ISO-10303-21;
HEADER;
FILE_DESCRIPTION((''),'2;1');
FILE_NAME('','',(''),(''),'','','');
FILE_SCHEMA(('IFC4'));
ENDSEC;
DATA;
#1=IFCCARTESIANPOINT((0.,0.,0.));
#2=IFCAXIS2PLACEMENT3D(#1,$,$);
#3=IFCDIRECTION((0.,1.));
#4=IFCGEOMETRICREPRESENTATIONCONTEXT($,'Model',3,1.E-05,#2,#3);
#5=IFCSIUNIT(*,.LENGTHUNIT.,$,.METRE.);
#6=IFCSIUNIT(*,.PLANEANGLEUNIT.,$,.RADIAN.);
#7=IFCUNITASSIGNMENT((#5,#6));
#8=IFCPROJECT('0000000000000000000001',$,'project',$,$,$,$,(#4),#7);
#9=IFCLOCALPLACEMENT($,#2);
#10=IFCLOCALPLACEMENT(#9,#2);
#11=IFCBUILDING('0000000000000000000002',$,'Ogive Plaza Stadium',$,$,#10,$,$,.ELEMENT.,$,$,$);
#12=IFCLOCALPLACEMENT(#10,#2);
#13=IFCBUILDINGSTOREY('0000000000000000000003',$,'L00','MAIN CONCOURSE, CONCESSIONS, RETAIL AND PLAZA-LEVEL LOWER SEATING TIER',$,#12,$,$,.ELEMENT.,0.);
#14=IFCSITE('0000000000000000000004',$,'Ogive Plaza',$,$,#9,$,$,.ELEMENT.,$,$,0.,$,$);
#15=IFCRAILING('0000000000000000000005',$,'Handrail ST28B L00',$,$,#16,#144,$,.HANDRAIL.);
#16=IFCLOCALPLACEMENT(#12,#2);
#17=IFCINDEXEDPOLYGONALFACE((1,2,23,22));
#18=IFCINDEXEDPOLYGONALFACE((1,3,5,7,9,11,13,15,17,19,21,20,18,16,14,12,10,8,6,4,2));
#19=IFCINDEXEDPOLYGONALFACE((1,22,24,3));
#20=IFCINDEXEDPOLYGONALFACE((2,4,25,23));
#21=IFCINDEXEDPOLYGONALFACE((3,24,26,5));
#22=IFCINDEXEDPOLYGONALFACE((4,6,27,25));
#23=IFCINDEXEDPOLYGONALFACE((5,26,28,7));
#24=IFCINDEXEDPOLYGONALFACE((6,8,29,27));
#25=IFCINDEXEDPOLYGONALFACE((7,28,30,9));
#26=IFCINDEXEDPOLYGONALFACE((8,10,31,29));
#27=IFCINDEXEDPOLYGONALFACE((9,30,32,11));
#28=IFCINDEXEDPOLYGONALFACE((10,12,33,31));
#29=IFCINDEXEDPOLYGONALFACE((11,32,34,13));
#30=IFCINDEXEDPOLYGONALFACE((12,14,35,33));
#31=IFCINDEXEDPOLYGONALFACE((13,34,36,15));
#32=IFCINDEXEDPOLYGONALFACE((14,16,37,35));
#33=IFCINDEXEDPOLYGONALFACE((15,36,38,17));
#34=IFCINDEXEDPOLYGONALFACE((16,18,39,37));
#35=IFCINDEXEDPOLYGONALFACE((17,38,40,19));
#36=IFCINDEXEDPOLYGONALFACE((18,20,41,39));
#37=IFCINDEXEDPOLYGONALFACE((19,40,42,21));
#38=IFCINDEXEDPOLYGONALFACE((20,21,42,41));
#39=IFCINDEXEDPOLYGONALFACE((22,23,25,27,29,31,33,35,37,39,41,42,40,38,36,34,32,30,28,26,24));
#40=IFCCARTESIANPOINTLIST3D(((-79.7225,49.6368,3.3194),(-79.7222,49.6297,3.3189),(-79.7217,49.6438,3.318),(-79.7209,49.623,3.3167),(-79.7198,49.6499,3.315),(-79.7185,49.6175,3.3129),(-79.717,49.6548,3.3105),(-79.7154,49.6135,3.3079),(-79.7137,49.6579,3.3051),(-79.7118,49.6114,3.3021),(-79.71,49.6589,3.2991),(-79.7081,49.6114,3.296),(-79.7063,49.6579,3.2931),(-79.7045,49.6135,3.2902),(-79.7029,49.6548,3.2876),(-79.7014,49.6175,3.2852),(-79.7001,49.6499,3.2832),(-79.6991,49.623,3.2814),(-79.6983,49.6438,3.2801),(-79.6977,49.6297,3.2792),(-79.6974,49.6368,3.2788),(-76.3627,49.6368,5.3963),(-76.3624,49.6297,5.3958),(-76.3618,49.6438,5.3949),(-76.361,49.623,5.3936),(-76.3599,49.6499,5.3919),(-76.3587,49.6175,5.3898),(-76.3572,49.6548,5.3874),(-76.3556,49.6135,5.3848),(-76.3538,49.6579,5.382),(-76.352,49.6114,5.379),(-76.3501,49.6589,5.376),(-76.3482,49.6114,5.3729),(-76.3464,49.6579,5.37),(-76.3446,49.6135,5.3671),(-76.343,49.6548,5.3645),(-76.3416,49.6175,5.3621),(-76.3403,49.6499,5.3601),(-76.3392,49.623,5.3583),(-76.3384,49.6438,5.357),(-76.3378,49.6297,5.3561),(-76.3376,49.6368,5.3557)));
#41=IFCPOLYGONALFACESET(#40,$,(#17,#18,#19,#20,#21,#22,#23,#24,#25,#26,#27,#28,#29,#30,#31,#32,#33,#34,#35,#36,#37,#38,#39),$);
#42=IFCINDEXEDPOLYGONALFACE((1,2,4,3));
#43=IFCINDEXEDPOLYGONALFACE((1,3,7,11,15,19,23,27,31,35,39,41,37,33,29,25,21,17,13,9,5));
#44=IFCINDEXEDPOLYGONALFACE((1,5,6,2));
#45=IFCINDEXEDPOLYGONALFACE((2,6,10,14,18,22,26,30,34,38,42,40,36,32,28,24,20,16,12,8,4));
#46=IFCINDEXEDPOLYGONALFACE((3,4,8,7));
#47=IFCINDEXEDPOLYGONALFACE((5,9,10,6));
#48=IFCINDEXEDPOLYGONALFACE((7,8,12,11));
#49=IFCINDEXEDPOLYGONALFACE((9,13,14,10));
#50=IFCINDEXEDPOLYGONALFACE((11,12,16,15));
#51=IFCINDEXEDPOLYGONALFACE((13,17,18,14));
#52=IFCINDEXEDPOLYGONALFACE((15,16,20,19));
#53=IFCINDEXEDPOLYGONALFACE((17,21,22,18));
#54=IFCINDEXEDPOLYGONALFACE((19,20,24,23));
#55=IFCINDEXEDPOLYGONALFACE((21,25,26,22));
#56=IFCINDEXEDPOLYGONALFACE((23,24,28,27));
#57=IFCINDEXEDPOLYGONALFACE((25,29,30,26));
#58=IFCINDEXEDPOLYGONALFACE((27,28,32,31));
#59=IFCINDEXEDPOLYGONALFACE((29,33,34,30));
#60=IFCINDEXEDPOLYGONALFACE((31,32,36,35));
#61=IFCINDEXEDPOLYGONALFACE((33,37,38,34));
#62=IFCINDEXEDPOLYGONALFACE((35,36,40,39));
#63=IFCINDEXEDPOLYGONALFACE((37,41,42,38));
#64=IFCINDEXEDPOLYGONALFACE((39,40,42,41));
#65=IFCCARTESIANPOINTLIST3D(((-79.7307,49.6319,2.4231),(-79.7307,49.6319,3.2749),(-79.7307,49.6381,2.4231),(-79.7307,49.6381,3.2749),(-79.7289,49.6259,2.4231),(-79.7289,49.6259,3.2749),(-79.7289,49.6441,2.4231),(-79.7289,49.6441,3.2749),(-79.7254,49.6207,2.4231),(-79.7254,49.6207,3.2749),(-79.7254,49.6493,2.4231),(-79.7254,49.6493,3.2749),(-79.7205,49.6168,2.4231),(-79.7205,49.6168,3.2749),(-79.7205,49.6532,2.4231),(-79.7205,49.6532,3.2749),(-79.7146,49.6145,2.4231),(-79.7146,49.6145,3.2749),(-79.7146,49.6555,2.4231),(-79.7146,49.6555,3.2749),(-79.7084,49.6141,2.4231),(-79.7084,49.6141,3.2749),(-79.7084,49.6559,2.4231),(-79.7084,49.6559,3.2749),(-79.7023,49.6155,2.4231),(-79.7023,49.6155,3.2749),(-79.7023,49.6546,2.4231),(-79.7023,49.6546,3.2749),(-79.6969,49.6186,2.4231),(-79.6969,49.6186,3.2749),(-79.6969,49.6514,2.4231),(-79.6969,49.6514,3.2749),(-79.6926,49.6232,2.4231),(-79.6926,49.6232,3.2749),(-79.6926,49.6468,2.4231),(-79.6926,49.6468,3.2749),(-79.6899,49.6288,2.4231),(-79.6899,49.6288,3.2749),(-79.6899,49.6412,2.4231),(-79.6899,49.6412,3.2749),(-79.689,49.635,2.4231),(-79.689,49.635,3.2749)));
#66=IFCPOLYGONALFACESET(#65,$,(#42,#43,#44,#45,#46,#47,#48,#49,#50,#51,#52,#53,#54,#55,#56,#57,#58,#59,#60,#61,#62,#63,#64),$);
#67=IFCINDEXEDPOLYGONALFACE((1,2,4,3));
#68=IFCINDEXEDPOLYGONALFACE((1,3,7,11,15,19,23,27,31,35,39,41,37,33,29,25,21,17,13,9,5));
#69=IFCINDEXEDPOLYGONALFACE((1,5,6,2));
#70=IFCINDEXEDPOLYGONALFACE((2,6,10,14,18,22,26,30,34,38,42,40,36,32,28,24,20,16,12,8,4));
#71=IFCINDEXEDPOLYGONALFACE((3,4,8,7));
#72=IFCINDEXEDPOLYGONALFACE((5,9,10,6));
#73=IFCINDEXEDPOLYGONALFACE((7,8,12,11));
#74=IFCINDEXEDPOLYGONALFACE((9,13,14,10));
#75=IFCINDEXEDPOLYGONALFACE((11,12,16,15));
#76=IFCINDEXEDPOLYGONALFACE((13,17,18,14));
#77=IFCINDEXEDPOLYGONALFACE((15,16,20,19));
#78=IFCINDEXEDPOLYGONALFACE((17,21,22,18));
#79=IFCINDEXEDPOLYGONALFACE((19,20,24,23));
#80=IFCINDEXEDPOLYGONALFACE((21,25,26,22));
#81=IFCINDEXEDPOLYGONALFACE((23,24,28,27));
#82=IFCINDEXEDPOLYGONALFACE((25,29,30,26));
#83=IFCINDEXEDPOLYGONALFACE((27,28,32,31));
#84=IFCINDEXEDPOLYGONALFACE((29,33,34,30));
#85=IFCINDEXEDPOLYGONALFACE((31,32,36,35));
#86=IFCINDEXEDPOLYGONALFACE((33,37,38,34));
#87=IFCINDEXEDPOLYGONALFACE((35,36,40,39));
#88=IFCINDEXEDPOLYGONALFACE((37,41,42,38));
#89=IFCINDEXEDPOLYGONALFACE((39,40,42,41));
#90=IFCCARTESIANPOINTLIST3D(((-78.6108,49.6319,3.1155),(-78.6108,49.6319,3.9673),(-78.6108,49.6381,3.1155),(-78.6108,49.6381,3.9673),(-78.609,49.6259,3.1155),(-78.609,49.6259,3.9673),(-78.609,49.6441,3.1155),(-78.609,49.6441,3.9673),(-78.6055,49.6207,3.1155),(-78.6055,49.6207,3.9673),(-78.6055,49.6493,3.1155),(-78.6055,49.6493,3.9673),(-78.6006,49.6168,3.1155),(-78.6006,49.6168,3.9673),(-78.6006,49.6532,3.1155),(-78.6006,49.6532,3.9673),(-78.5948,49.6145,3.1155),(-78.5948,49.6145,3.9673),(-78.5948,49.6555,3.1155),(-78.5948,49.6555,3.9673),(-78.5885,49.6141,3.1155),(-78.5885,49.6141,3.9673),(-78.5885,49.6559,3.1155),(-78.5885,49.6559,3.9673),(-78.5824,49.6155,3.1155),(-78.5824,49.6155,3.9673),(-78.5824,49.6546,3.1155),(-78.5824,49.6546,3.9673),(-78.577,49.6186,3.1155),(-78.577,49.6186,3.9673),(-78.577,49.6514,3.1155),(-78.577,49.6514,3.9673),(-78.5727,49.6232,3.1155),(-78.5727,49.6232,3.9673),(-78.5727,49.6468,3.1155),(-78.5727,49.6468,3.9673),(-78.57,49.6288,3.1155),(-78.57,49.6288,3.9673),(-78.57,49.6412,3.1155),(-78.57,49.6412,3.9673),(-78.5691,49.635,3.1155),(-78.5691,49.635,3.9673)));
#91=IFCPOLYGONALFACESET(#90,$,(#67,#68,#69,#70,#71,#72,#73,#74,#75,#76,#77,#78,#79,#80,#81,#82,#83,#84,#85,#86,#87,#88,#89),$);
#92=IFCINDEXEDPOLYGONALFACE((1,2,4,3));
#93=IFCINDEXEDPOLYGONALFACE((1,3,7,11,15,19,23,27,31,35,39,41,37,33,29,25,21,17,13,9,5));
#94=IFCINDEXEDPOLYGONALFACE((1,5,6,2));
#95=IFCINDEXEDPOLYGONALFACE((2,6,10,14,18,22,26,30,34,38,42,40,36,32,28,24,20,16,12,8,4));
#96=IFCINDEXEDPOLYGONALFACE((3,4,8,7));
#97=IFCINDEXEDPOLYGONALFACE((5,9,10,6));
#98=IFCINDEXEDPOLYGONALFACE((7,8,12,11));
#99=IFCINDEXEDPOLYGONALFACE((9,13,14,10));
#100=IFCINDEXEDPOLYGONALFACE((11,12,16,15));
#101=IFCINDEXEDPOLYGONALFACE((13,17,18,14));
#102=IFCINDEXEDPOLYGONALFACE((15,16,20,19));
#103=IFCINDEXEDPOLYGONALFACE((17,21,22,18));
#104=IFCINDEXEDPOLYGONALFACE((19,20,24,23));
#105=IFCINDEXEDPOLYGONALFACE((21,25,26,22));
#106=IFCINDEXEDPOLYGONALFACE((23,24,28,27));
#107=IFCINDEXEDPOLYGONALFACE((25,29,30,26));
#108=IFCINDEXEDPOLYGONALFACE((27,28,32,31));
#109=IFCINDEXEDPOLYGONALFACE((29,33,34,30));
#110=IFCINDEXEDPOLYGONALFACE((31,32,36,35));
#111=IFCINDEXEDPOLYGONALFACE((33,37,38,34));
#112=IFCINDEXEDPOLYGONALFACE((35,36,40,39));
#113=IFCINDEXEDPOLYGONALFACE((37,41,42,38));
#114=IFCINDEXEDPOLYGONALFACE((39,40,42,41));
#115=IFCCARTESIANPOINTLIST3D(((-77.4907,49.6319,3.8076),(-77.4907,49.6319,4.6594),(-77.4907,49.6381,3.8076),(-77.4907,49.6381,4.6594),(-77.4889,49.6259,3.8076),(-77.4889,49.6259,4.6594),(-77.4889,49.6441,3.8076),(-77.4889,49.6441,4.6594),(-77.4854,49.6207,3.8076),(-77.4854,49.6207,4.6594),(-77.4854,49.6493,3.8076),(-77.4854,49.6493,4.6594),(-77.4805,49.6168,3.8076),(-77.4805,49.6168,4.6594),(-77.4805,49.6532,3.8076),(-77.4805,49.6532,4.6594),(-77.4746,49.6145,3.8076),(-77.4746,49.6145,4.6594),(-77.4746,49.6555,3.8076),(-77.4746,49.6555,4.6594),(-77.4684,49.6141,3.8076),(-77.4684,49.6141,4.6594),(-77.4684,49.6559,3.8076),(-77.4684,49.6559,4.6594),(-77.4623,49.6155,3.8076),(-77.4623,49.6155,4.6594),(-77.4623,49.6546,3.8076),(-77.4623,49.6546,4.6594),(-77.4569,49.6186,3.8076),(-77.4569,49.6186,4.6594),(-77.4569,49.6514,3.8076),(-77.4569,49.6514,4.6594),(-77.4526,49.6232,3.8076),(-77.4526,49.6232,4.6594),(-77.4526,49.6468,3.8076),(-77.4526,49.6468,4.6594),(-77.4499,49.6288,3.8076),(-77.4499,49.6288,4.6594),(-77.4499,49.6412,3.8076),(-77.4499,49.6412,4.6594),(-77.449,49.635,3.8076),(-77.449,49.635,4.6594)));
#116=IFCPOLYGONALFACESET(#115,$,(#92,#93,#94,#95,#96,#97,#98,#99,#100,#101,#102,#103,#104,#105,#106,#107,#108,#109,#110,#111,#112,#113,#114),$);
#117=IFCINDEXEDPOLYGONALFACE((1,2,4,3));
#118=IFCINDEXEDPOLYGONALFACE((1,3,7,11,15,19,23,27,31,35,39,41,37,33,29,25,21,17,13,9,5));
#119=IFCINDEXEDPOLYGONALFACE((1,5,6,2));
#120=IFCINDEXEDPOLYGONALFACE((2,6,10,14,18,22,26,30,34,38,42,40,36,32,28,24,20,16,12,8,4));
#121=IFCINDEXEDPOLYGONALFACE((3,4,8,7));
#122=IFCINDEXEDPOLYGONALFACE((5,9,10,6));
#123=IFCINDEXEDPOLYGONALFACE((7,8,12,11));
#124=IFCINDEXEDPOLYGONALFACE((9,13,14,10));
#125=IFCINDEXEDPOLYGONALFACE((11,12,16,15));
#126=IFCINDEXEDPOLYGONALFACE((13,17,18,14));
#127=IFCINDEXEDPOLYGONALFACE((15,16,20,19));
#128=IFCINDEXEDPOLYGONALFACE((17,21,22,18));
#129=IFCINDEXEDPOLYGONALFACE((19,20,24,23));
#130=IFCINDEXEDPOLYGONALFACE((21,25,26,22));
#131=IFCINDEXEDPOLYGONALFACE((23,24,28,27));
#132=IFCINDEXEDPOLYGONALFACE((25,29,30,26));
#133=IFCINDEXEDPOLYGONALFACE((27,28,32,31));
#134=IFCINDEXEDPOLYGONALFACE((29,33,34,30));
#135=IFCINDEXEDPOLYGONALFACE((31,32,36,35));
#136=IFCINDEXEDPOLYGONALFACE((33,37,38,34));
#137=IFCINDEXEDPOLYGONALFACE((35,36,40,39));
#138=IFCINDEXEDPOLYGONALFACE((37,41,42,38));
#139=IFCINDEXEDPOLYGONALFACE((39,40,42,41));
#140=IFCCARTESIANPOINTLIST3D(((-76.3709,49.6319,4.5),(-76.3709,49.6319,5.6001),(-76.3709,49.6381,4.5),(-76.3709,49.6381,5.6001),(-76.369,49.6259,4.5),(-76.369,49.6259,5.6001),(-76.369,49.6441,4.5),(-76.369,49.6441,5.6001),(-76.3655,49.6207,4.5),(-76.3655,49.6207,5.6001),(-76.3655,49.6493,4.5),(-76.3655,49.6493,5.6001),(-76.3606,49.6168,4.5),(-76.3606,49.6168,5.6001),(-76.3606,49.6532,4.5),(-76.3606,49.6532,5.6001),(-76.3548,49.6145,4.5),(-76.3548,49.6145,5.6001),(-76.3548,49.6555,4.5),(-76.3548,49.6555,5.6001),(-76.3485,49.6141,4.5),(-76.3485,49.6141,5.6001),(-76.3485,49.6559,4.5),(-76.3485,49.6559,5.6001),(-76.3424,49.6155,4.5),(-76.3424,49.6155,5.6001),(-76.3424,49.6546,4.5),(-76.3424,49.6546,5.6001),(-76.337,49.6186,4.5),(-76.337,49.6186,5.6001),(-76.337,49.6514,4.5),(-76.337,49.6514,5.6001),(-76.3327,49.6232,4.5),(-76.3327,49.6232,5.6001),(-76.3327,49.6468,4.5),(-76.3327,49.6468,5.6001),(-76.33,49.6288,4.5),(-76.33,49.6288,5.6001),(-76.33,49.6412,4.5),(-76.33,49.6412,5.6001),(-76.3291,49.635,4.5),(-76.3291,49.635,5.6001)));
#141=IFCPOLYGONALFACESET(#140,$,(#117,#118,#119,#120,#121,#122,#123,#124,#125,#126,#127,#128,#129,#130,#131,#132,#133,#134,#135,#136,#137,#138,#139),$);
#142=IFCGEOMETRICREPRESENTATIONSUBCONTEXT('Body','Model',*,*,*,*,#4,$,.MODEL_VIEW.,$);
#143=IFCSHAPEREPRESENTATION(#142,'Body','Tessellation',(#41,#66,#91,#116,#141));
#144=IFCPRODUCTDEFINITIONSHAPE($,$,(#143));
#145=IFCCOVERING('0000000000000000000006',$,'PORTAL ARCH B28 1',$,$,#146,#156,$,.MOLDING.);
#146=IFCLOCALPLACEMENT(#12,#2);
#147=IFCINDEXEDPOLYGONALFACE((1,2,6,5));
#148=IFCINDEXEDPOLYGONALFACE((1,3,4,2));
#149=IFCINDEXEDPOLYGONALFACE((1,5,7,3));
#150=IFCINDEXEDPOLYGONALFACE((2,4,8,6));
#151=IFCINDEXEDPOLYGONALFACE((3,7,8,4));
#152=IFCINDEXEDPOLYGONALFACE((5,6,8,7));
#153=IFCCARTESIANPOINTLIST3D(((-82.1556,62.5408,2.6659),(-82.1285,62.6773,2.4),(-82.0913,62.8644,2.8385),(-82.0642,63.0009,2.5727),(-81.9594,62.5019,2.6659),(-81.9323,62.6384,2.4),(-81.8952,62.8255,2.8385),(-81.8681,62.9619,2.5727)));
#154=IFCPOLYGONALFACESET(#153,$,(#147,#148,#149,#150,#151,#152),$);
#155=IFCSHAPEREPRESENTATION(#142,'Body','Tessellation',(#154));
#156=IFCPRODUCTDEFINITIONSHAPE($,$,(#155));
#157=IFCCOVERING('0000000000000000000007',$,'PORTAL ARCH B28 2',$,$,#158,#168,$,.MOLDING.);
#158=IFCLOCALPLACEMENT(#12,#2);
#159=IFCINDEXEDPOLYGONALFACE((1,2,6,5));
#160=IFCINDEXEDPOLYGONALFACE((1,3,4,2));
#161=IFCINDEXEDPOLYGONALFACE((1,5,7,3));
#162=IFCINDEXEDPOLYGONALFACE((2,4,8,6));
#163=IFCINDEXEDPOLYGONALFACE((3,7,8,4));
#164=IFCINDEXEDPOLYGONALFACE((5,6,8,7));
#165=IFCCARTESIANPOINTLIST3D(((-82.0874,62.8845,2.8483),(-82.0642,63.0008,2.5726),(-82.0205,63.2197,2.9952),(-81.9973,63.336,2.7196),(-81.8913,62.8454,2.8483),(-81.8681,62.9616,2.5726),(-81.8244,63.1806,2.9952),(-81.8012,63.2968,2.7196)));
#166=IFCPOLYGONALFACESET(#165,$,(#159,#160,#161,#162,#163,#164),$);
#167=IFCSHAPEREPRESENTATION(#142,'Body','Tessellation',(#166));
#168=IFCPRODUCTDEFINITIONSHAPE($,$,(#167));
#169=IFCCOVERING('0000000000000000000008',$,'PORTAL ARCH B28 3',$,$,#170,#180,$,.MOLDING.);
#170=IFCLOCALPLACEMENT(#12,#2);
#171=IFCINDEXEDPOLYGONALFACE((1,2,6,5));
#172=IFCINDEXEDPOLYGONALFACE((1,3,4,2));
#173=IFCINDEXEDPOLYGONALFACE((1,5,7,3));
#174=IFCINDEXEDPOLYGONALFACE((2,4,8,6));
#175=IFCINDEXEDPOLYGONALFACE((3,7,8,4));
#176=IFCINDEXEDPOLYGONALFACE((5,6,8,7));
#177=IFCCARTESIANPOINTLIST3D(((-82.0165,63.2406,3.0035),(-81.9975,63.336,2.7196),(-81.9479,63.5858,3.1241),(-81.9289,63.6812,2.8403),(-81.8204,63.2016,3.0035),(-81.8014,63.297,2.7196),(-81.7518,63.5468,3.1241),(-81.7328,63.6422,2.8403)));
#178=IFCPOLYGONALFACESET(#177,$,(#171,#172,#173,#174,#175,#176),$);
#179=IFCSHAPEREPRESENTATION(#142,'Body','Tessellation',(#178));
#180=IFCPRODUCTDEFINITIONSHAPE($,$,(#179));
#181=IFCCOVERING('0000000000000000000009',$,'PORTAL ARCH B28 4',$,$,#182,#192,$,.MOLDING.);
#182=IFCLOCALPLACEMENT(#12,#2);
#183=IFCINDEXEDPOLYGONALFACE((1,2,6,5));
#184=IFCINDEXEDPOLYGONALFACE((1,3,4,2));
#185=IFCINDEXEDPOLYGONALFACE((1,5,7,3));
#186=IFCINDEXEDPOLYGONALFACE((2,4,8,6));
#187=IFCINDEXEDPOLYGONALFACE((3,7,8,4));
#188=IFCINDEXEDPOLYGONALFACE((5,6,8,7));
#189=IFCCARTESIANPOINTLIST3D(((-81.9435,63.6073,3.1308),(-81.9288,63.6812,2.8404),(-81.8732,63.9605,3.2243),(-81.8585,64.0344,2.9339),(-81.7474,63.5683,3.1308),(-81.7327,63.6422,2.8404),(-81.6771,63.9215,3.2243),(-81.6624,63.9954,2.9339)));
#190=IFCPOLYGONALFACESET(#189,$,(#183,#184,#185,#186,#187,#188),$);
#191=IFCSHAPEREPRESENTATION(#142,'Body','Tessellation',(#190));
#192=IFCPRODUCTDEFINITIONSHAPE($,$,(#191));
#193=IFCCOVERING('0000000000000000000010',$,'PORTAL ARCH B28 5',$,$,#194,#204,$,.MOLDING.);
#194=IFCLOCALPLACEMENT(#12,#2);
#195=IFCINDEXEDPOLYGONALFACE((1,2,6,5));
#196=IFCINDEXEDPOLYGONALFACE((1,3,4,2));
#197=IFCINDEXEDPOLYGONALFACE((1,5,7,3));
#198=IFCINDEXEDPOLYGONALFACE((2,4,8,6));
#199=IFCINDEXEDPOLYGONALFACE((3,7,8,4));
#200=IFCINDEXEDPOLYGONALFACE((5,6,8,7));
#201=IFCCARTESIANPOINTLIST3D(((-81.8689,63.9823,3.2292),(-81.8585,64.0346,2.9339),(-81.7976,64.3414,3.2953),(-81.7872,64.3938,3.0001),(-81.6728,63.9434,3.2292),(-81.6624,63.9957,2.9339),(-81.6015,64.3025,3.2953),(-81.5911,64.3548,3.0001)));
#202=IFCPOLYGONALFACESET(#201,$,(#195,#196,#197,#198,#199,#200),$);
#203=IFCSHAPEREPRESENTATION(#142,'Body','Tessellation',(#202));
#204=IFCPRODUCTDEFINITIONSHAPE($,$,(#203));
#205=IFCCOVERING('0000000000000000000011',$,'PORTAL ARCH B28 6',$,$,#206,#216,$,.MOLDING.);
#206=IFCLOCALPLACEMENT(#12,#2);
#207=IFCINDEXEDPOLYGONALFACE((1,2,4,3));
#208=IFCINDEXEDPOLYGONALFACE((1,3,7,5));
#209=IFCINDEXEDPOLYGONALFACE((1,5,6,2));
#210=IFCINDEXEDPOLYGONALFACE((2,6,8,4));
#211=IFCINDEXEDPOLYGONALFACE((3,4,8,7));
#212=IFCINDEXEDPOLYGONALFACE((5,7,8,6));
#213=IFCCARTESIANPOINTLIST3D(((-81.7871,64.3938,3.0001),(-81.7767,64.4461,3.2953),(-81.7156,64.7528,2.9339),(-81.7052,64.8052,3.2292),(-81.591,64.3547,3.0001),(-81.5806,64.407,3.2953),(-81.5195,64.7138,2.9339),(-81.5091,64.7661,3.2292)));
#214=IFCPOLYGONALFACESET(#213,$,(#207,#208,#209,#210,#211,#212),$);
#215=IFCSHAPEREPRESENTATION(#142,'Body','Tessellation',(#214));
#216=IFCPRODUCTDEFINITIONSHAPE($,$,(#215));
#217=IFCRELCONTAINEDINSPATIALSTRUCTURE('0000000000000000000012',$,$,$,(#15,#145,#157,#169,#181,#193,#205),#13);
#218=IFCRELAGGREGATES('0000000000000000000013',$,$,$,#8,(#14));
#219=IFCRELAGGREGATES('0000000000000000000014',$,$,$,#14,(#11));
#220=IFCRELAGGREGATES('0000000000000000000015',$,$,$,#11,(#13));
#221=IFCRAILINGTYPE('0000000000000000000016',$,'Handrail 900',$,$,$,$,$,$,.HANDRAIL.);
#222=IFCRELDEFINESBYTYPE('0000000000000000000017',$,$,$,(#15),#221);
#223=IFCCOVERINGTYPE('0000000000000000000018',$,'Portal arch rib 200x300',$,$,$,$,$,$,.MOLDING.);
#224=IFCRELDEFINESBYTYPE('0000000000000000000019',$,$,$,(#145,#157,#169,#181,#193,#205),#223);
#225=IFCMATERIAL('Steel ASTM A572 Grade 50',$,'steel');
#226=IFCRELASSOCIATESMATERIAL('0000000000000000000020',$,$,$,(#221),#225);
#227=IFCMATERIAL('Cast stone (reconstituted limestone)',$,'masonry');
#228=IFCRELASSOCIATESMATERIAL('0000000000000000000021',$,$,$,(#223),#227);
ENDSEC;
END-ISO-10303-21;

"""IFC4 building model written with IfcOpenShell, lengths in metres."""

from ifc_helpers import new_model, si_unit, direction, frame, origin, origin_2d, place, context, subcontext, project, spatial, rectangle, circle, extrude, material, material_profile, profile_set, type_object, element, save


model = new_model("IFC4")

# Units and contexts
model_context = context("Model", 3, precision=1e-05, world=origin(), true_north=direction((0.0, 1.0)))
body_context = subcontext(model_context, "Body", "Model", "MODEL_VIEW")
ifc_project = project(units=[si_unit("LENGTHUNIT", "METRE"), si_unit("PLANEANGLEUNIT", "RADIAN")], contexts=[model_context])

# Site, building, storey
site_placement = place(None, origin())
site = spatial("IfcSite", under=ifc_project, at=site_placement, Name="Ogive Plaza", CompositionType="ELEMENT", RefElevation=0.0)
building_placement = place(site_placement, origin())
building = spatial("IfcBuilding", under=site, at=building_placement, Name="Ogive Plaza Stadium", CompositionType="ELEMENT")
storey_placement = place(building_placement, origin())
storey = spatial("IfcBuildingStorey", under=building, at=storey_placement, Name="L00", Description="MAIN CONCOURSE, CONCESSIONS, RETAIL AND PLAZA-LEVEL LOWER SEATING TIER", CompositionType="ELEMENT", Elevation=0.0)

# Railing
ifc_material_1 = material(Name="Steel ASTM A572 Grade 50", Category="steel")
railing_type = type_object("IfcRailingType", Name="Handrail 900", PredefinedType="HANDRAIL", material=ifc_material_1)
for number, where, name in (
    (1, (-79.71, 49.635, 2.4231), "Handrail ST28B L00"),
):
    element("IfcRailing", number, at=place(storey_placement, frame(where)), inside=storey, type_object=railing_type, Name=name, PredefinedType="HANDRAIL", context=body_context, shape_type="SweptSolid", body=[
        extrude(circle(Radius=0.0239, at=origin_2d()), frame((0.0, 0.0, 0.876), z_axis=(0.850606, 0.0, 0.525803), x_axis=(0.0, 1.0, 0.0)), (0.0, 0.0, 1.0), 3.95),
        extrude(circle(Radius=0.021, at=origin_2d()), origin(), (0.0, 0.0, 1.0), 0.8518),
        extrude(circle(Radius=0.021, at=origin_2d()), frame((1.1199, 0.0, 0.6924)), (0.0, 0.0, 1.0), 0.8518),
        extrude(circle(Radius=0.021, at=origin_2d()), frame((2.24, 0.0, 1.3845)), (0.0, 0.0, 1.0), 0.8518),
        extrude(circle(Radius=0.021, at=origin_2d()), frame((3.3599, 0.0, 2.0769)), (0.0, 0.0, 1.0), 1.1001),
    ])

# Coverings
ifc_material_2 = material(Name="Cast stone (reconstituted limestone)", Category="masonry")
ifc_material_profile_1 = material_profile(ifc_material_2, rectangle(XDim=0.2, YDim=0.3, at=origin_2d()), Name="Cast stone 200x300")
ifc_profile_set_1 = profile_set([ifc_material_profile_1], Name="Cast stone (reconstituted limestone)")
covering_type = type_object("IfcCoveringType", Name="Portal arch rib 200x300", PredefinedType="MOLDING", material=ifc_profile_set_1)
covering_placement = place(storey_placement, frame((-82.0439, 62.5896, 2.533), z_axis=(0.172495, 0.869036, 0.463704), x_axis=(-0.980864, 0.194692, 0.0)))
element("IfcCovering", 2, at=covering_placement, inside=storey, type_object=covering_type, Name="PORTAL ARCH B28 1", PredefinedType="MOLDING", context=body_context, shape_type="SweptSolid", body=[
    extrude(rectangle(XDim=0.2, YDim=0.3, at=origin_2d()), origin(), (0.0, 0.0, 1.0), 0.3723),
])
for number, where, z_axis, x_axis, name in (
    (3, (-81.9778, 62.9231, 2.7104), (0.179789, 0.900912, 0.39501), (-0.980663, 0.195704, 0.0), "PORTAL ARCH B28 2"),
    (4, (-81.9089, 63.2688, 2.8616), (0.18439, 0.927858, 0.32416), (-0.98082, 0.194915, 0.0), "PORTAL ARCH B28 3"),
    (5, (-81.8381, 63.6248, 2.9856), (0.188941, 0.949298, 0.251265), (-0.980763, 0.195204, 0.0), "PORTAL ARCH B28 4"),
    (6, (-81.7656, 63.989, 3.0815), (0.191602, 0.965229, 0.177823), (-0.980862, 0.194705, 0.0), "PORTAL ARCH B28 5"),
    (7, (-81.6838, 64.4004, 3.1477), (0.192234, 0.965108, -0.1778), (-0.980734, 0.195347, 0.0), "PORTAL ARCH B28 6"),
):
    element("IfcCovering", number, at=place(storey_placement, frame(where, z_axis=z_axis, x_axis=x_axis)), inside=storey, type_object=covering_type, Name=name, PredefinedType="MOLDING", context=body_context, shape_type="SweptSolid", body=[
        extrude(rectangle(XDim=0.2, YDim=0.3, at=origin_2d()), origin(), (0.0, 0.0, 1.0), 0.3721),
    ])

save(model, "model.ifc")
